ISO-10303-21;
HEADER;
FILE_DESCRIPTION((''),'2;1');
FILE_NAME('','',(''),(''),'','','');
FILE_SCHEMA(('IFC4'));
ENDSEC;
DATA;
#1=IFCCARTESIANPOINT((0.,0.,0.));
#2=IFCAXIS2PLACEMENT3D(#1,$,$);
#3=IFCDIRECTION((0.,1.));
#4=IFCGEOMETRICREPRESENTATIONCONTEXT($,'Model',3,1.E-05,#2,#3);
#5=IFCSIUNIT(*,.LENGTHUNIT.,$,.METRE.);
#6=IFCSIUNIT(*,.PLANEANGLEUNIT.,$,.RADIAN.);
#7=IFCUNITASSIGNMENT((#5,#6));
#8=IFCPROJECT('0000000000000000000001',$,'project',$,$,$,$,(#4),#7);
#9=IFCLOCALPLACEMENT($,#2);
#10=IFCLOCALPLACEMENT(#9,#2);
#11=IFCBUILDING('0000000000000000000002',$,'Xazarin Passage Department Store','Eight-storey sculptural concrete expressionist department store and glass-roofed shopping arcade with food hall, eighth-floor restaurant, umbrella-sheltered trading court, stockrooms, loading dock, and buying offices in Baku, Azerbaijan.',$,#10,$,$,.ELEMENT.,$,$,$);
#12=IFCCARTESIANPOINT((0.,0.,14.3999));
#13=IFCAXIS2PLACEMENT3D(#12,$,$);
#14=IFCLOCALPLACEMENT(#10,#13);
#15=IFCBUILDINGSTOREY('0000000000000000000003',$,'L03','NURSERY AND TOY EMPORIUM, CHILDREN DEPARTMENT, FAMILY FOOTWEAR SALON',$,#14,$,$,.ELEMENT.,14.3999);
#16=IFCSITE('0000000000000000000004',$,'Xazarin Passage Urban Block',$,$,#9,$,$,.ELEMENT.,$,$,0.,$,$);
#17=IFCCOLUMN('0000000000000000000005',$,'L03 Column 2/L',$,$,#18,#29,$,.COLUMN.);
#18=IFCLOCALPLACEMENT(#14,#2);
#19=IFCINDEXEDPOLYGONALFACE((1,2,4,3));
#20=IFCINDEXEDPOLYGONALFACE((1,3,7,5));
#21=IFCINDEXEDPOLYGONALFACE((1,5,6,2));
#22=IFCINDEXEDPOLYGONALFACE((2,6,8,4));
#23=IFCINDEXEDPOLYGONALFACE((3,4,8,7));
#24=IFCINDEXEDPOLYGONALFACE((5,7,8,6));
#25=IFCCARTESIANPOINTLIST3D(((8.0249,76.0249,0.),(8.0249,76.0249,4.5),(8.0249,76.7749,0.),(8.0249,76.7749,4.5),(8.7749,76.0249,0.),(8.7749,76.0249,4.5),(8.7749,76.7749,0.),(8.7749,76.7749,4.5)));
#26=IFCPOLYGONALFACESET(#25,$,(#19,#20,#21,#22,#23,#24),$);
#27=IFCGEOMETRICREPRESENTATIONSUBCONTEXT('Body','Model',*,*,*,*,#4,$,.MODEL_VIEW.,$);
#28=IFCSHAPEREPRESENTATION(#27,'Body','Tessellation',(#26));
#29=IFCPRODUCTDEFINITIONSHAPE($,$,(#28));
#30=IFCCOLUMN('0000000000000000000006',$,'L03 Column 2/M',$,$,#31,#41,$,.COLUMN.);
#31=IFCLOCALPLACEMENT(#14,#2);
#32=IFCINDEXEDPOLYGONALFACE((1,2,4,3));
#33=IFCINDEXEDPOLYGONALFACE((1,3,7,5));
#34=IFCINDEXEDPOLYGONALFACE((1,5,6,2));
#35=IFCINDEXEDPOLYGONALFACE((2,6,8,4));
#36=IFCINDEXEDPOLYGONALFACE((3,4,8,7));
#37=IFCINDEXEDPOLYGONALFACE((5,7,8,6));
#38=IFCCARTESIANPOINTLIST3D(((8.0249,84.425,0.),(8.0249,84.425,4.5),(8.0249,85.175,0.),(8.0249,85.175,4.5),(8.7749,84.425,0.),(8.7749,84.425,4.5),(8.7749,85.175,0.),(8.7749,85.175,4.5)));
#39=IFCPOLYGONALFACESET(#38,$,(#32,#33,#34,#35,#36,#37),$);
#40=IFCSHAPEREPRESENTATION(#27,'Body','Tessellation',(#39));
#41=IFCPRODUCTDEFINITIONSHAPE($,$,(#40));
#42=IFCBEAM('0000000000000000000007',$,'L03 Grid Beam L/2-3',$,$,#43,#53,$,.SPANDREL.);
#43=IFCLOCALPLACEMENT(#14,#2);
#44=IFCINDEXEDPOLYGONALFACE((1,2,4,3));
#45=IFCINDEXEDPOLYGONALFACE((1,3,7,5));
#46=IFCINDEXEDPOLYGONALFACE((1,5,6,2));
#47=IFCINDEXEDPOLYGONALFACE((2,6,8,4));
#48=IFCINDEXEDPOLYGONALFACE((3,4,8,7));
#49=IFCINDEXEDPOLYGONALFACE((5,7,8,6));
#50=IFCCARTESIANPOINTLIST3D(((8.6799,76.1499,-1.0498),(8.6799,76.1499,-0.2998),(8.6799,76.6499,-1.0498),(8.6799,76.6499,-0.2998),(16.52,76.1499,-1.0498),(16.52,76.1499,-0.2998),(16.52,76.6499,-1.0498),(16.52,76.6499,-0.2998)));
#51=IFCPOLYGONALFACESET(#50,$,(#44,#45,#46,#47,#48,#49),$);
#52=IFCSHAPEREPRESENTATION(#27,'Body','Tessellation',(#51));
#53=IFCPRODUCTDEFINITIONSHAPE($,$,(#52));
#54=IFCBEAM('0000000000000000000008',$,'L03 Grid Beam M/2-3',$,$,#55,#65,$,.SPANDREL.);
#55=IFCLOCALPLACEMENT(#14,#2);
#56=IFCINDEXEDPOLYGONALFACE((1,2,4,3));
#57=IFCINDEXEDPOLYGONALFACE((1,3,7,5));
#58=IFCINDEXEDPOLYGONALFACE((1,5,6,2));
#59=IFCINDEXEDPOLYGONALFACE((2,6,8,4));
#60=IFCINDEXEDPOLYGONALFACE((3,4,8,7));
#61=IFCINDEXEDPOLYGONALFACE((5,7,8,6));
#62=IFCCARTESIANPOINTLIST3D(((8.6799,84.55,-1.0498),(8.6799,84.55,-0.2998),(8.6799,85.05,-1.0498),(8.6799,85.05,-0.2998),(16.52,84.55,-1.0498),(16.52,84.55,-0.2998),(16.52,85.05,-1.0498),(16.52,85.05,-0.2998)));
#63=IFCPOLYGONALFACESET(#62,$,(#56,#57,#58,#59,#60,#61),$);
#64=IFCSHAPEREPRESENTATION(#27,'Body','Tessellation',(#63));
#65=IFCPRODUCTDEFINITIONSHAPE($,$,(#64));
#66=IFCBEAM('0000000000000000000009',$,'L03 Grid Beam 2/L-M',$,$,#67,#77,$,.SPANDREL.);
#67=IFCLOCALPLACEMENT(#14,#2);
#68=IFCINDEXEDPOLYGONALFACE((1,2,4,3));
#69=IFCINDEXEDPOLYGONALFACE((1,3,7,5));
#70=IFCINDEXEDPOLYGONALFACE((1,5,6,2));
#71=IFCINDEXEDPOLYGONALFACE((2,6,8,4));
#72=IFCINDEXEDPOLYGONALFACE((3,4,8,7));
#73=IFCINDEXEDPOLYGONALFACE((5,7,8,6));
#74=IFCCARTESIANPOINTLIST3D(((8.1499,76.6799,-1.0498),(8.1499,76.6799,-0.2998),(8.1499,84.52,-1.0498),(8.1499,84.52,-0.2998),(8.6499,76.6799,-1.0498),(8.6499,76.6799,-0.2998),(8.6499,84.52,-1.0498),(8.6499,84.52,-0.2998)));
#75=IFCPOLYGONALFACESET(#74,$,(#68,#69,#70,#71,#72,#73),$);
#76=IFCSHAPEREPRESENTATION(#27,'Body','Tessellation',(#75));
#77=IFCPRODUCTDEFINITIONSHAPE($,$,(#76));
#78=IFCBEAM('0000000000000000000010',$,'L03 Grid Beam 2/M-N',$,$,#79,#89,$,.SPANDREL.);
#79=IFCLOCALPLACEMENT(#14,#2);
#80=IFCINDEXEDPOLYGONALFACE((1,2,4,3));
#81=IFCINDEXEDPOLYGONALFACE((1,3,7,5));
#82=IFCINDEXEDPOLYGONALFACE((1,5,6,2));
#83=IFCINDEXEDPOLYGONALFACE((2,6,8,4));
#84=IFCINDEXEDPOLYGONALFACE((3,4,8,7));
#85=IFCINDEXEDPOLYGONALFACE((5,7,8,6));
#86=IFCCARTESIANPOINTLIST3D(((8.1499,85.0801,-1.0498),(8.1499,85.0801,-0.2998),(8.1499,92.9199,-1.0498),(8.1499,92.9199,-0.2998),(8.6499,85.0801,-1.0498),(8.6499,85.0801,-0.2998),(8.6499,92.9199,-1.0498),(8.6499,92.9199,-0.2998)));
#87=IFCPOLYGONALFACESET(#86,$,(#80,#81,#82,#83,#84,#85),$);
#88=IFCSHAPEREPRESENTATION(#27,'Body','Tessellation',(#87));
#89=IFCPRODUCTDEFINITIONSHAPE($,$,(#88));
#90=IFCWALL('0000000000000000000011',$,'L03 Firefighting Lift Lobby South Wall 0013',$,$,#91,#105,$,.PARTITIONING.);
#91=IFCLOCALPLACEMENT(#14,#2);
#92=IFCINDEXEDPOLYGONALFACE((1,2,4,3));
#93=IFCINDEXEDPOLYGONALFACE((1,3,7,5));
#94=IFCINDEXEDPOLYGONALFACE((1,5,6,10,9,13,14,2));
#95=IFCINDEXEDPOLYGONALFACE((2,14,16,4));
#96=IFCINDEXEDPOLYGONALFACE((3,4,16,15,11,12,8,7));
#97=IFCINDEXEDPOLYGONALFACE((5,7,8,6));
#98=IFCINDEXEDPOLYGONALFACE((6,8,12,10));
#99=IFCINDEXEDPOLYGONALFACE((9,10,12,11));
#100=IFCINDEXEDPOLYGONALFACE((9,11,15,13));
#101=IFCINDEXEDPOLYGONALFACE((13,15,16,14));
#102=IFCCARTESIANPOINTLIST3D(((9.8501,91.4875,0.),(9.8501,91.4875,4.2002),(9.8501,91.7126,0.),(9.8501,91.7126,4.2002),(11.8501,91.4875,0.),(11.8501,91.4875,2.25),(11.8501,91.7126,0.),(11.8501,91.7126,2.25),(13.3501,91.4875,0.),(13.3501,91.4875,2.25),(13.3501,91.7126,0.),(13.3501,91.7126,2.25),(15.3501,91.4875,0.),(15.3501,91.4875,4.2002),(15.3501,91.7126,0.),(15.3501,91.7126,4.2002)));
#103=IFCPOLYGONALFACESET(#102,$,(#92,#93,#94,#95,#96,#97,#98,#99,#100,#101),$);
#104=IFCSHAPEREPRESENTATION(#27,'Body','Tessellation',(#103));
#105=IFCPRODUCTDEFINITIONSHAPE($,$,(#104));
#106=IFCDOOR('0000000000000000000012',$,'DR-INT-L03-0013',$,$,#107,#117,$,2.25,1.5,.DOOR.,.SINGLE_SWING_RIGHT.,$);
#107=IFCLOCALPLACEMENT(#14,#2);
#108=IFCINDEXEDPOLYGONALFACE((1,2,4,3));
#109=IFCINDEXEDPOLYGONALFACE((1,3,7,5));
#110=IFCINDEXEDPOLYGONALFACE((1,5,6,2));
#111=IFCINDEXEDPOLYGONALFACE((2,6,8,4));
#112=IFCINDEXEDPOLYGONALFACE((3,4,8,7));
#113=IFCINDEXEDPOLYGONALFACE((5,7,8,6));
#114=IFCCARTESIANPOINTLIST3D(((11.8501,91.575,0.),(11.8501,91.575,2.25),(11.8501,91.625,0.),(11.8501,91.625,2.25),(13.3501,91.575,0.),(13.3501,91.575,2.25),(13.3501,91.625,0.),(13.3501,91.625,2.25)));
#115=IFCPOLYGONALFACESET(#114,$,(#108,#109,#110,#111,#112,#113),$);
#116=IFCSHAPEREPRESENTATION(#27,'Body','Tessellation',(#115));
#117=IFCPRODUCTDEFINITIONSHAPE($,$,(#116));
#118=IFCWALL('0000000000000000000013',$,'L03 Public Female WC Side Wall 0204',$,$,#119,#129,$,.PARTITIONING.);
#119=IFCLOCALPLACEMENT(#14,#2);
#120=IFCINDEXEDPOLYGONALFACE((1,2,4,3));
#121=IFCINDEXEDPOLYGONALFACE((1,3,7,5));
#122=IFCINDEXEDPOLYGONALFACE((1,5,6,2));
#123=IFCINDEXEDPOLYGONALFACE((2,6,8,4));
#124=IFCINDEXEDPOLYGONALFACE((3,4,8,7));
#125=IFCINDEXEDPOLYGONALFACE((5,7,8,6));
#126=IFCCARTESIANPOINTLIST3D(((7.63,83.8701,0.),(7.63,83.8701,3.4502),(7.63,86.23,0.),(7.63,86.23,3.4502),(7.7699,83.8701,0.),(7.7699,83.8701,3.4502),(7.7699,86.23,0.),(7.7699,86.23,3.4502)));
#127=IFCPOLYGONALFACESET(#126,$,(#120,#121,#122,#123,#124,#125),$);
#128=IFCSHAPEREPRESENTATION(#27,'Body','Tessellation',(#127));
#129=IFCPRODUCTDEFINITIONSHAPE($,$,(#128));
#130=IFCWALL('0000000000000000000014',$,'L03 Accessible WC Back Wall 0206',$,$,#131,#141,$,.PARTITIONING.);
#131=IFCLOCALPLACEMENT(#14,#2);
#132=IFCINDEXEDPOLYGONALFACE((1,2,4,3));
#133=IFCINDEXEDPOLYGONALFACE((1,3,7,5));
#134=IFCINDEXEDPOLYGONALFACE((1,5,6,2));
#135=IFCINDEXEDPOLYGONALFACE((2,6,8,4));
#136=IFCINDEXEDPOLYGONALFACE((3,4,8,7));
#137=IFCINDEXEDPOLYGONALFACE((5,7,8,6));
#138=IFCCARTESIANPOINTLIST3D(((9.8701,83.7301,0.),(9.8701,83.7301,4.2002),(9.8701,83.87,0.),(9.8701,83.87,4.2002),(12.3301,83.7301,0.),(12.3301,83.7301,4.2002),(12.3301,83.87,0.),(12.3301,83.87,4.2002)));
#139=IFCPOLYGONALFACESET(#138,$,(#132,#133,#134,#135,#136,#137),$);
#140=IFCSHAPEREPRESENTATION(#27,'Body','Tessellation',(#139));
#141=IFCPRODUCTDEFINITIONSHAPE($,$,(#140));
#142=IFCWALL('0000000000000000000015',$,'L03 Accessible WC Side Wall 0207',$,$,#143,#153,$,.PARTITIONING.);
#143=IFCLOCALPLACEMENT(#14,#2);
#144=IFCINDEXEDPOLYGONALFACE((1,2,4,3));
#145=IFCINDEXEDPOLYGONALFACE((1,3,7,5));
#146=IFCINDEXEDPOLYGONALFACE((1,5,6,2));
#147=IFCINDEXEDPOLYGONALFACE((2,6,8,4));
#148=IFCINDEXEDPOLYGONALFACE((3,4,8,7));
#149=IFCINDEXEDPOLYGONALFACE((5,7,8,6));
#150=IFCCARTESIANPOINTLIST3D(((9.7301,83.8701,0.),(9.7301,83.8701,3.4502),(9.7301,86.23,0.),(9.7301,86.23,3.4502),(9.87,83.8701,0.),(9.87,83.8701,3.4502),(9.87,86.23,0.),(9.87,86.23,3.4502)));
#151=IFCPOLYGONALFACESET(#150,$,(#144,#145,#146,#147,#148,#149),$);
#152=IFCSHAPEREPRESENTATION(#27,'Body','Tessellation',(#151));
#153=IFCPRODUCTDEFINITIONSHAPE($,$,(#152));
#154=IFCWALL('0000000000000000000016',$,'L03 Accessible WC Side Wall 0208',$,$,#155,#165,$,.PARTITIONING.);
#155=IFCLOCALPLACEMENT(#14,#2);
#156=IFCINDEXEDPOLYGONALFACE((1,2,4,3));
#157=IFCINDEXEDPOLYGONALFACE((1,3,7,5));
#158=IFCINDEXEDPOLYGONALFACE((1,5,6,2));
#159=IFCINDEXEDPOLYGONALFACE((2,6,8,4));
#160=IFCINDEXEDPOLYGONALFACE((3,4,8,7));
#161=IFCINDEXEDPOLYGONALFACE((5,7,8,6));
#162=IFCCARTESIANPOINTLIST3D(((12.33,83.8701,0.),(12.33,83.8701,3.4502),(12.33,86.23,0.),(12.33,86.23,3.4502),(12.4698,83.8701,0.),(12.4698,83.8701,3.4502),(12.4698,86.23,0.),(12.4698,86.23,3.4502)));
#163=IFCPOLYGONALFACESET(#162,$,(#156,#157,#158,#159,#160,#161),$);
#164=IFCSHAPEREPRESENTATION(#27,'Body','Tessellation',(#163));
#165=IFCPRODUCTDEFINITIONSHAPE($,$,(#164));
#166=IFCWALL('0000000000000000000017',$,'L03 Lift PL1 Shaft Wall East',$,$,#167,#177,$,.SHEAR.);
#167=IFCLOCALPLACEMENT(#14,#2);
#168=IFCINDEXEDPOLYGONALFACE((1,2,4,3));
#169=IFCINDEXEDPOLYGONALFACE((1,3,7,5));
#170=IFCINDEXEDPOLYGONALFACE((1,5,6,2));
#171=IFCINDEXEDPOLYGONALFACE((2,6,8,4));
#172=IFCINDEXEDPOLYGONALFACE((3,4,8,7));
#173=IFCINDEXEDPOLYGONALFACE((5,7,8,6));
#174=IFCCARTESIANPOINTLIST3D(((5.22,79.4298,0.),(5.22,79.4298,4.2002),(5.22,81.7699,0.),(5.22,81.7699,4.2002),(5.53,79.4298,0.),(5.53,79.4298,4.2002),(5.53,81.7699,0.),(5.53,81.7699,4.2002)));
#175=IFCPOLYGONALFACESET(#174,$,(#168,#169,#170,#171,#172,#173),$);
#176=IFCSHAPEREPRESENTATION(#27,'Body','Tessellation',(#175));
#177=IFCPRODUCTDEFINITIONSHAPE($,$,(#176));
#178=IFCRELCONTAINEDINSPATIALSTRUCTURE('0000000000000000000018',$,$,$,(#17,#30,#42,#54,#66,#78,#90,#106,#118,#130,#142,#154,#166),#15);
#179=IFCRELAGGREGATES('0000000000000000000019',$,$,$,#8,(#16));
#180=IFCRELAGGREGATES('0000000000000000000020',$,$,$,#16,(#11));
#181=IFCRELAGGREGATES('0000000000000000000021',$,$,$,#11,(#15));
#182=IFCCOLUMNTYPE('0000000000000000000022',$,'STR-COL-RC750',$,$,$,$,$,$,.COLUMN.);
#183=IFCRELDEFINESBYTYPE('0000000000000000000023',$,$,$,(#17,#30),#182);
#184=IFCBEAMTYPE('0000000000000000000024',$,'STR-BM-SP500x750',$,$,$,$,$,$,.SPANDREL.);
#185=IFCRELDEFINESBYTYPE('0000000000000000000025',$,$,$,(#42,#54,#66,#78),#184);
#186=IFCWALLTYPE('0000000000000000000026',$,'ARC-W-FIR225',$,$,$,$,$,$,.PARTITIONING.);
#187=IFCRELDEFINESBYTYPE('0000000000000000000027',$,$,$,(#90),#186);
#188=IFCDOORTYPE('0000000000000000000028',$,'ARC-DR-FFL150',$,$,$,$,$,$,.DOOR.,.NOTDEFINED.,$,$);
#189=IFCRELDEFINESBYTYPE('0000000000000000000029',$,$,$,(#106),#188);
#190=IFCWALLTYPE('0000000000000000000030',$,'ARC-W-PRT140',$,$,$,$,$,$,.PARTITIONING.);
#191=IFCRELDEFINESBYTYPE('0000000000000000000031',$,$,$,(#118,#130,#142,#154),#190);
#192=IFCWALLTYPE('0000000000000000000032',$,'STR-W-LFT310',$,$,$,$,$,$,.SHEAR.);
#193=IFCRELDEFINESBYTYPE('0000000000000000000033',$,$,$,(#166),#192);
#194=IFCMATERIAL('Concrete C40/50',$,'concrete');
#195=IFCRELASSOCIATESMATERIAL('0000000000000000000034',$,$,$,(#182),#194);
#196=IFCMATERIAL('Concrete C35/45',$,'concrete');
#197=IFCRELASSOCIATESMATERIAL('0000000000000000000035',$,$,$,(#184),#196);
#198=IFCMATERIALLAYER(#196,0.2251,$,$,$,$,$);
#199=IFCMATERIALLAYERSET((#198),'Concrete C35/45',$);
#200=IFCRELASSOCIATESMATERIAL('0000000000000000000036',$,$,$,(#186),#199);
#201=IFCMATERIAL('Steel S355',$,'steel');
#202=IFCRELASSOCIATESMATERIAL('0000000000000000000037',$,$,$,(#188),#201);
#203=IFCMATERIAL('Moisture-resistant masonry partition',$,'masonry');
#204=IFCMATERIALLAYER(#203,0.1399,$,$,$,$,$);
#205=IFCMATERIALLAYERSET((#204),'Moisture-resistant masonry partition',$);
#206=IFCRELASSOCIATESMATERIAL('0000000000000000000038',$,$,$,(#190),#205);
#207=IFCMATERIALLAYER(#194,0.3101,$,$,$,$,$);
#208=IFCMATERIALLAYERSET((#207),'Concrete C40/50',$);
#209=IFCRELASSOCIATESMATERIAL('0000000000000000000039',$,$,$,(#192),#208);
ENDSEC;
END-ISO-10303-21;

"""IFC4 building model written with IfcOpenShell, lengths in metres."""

from ifc_helpers import new_model, si_unit, direction, frame, frame_2d, origin, origin_2d, place, context, subcontext, project, spatial, rectangle, extrude, material, layer, layer_set, material_profile, profile_set, type_object, element, fill, save


model = new_model("IFC4")

# Units and contexts
model_context = context("Model", 3, precision=1e-05, world=origin(), true_north=direction((0.0, 1.0)))
body_context = subcontext(model_context, "Body", "Model", "MODEL_VIEW")
ifc_project = project(units=[si_unit("LENGTHUNIT", "METRE"), si_unit("PLANEANGLEUNIT", "RADIAN")], contexts=[model_context])

# Site, building, storey
site_placement = place(None, origin())
site = spatial("IfcSite", under=ifc_project, at=site_placement, Name="Xazarin Passage Urban Block", CompositionType="ELEMENT", RefElevation=0.0)
building_placement = place(site_placement, origin())
building = spatial("IfcBuilding", under=site, at=building_placement, Name="Xazarin Passage Department Store", Description="Eight-storey sculptural concrete expressionist department store and glass-roofed shopping arcade with food hall, eighth-floor restaurant, umbrella-sheltered trading court, stockrooms, loading dock, and buying offices in Baku, Azerbaijan.", CompositionType="ELEMENT")
storey_placement = place(building_placement, frame((0.0, 0.0, 14.3999)))
storey = spatial("IfcBuildingStorey", under=building, at=storey_placement, Name="L03", Description="NURSERY AND TOY EMPORIUM, CHILDREN DEPARTMENT, FAMILY FOOTWEAR SALON", CompositionType="ELEMENT", Elevation=14.3999)

# Columns
ifc_material_1 = material(Name="Concrete C40/50", Category="concrete")
ifc_material_profile_1 = material_profile(ifc_material_1, rectangle(XDim=0.75, YDim=0.75, at=origin_2d()), Name="RC 750x750")
ifc_profile_set_1 = profile_set([ifc_material_profile_1], Name="Concrete C40/50")
column_type = type_object("IfcColumnType", Name="STR-COL-RC750", PredefinedType="COLUMN", material=ifc_profile_set_1)
for number, where, z_axis, x_axis, name in (
    (1, (8.3999, 76.3999, 0.0), (0.0, 0.0, 1.0), (1.0, 0.0, 0.0), "L03 Column 2/L"),
    (2, (8.3999, 84.8, 0.0), (0.0, 0.0, 1.0), (1.0, 0.0, 0.0), "L03 Column 2/M"),
):
    element("IfcColumn", number, at=place(storey_placement, frame(where, z_axis=z_axis, x_axis=x_axis)), inside=storey, type_object=column_type, Name=name, PredefinedType="COLUMN", context=body_context, shape_type="SweptSolid", body=[
        extrude(rectangle(XDim=0.75, YDim=0.75, at=origin_2d()), origin(), (0.0, 0.0, 1.0), 4.5),
    ])

# Beams
ifc_material_2 = material(Name="Concrete C35/45", Category="concrete")
ifc_material_profile_2 = material_profile(ifc_material_2, rectangle(XDim=0.5, YDim=0.75, at=origin_2d()), Name="RC 500x750")
ifc_profile_set_2 = profile_set([ifc_material_profile_2], Name="Concrete C35/45")
beam_type = type_object("IfcBeamType", Name="STR-BM-SP500x750", PredefinedType="SPANDREL", material=ifc_profile_set_2)
for number, where, z_axis, x_axis, name in (
    (3, (8.6799, 76.3999, -0.6748), (1.0, 0.0, 0.0), (0.0, 1.0, 0.0), "L03 Grid Beam L/2-3"),
    (4, (8.6799, 84.8, -0.6748), (1.0, 0.0, 0.0), (0.0, 1.0, 0.0), "L03 Grid Beam M/2-3"),
    (5, (8.3999, 76.6799, -0.6748), (0.0, 1.0, 0.0), (-1.0, 0.0, 0.0), "L03 Grid Beam 2/L-M"),
):
    element("IfcBeam", number, at=place(storey_placement, frame(where, z_axis=z_axis, x_axis=x_axis)), inside=storey, type_object=beam_type, Name=name, PredefinedType="SPANDREL", context=body_context, shape_type="SweptSolid", body=[
        extrude(rectangle(XDim=0.5, YDim=0.75, at=origin_2d()), origin(), (0.0, 0.0, 1.0), 7.8401),
    ])
beam_placement = place(storey_placement, frame((8.3999, 85.0801, -0.6748), z_axis=(0.0, 1.0, 0.0), x_axis=(-1.0, 0.0, 0.0)))
element("IfcBeam", 6, at=beam_placement, inside=storey, type_object=beam_type, Name="L03 Grid Beam 2/M-N", PredefinedType="SPANDREL", context=body_context, shape_type="SweptSolid", body=[
    extrude(rectangle(XDim=0.5, YDim=0.75, at=origin_2d()), origin(), (0.0, 0.0, 1.0), 7.8398),
])

# Wall, opening, door
ifc_layer_1 = layer(ifc_material_2, 0.2251)
ifc_layer_set_1 = layer_set([ifc_layer_1], Name="Concrete C35/45")
wall_type_1 = type_object("IfcWallType", Name="ARC-W-FIR225", PredefinedType="PARTITIONING", material=ifc_layer_set_1)
wall_1_placement = place(storey_placement, frame((9.8501, 91.6001, 0.0), z_axis=(0.0, 0.0, 1.0), x_axis=(1.0, 0.0, 0.0)))
wall_1 = element("IfcWall", 7, at=wall_1_placement, inside=storey, type_object=wall_type_1, Name="L03 Firefighting Lift Lobby South Wall 0013", PredefinedType="PARTITIONING", context=body_context, shape_type="SweptSolid", body=[
    extrude(rectangle(XDim=5.5, YDim=0.2251, at=frame_2d((2.75, 0.0))), origin(), (0.0, 0.0, 1.0), 4.2002),
])
opening_1_placement = place(wall_1_placement, frame((2.0, 0.0, 0.0)))
opening_1 = element("IfcOpeningElement", 8, at=opening_1_placement, cuts=wall_1, PredefinedType="OPENING", context=body_context, shape_type="SweptSolid", body=[
    extrude(rectangle(XDim=1.5, YDim=2.25, at=frame_2d((0.75, 1.125))), frame((0.0, 0.1226, 0.0), z_axis=(0.0, -1.0, 0.0), x_axis=(1.0, 0.0, 0.0)), (0.0, 0.0, 1.0), 0.2451),
])
ifc_material_3 = material(Name="Steel S355", Category="steel")
door_type_1 = type_object("IfcDoorType", Name="ARC-DR-FFL150", OperationType="NOTDEFINED", PredefinedType="DOOR", material=ifc_material_3)
door_1_placement = place(opening_1_placement, origin())
door_1 = element("IfcDoor", 9, at=door_1_placement, inside=storey, type_object=door_type_1, Name="DR-INT-L03-0013", OperationType="SINGLE_SWING_RIGHT", OverallHeight=2.25, OverallWidth=1.5, PredefinedType="DOOR", context=body_context, shape_type="SweptSolid", body=[
    extrude(rectangle(XDim=1.5, YDim=2.25, at=frame_2d((0.75, 1.125))), frame((0.0, 0.0249, 0.0), z_axis=(0.0, -1.0, 0.0), x_axis=(1.0, 0.0, 0.0)), (0.0, 0.0, 1.0), 0.05),
])
fill(opening_1, door_1)
ifc_material_4 = material(Name="Moisture-resistant masonry partition", Category="masonry")
ifc_layer_2 = layer(ifc_material_4, 0.1399)
ifc_layer_set_2 = layer_set([ifc_layer_2], Name="Moisture-resistant masonry partition")
wall_type_2 = type_object("IfcWallType", Name="ARC-W-PRT140", PredefinedType="PARTITIONING", material=ifc_layer_set_2)

# Wall
wall_2_placement = place(storey_placement, frame((7.7, 83.8701, 0.0), z_axis=(0.0, 0.0, 1.0), x_axis=(0.0, 1.0, 0.0)))
element("IfcWall", 10, at=wall_2_placement, inside=storey, type_object=wall_type_2, Name="L03 Public Female WC Side Wall 0204", PredefinedType="PARTITIONING", context=body_context, shape_type="SweptSolid", body=[
    extrude(rectangle(XDim=2.3599, YDim=0.1399, at=frame_2d((1.1799, 0.0))), origin(), (0.0, 0.0, 1.0), 3.4502),
])

# Walls
wall_3_placement = place(storey_placement, frame((9.8701, 83.8, 0.0), z_axis=(0.0, 0.0, 1.0), x_axis=(1.0, 0.0, 0.0)))
element("IfcWall", 11, at=wall_3_placement, inside=storey, type_object=wall_type_2, Name="L03 Accessible WC Back Wall 0206", PredefinedType="PARTITIONING", context=body_context, shape_type="SweptSolid", body=[
    extrude(rectangle(XDim=2.46, YDim=0.1399, at=frame_2d((1.23, 0.0))), origin(), (0.0, 0.0, 1.0), 4.2002),
])
for number, where, z_axis, x_axis, name in (
    (12, (9.8, 83.8701, 0.0), (0.0, 0.0, 1.0), (0.0, 1.0, 0.0), "L03 Accessible WC Side Wall 0207"),
    (13, (12.3999, 83.8701, 0.0), (0.0, 0.0, 1.0), (0.0, 1.0, 0.0), "L03 Accessible WC Side Wall 0208"),
):
    element("IfcWall", number, at=place(storey_placement, frame(where, z_axis=z_axis, x_axis=x_axis)), inside=storey, type_object=wall_type_2, Name=name, PredefinedType="PARTITIONING", context=body_context, shape_type="SweptSolid", body=[
        extrude(rectangle(XDim=2.3599, YDim=0.1399, at=frame_2d((1.1799, 0.0))), origin(), (0.0, 0.0, 1.0), 3.4502),
    ])
ifc_layer_3 = layer(ifc_material_1, 0.3101)
ifc_layer_set_3 = layer_set([ifc_layer_3], Name="Concrete C40/50")
wall_type_3 = type_object("IfcWallType", Name="STR-W-LFT310", PredefinedType="SHEAR", material=ifc_layer_set_3)
wall_4_placement = place(storey_placement, frame((5.375, 79.4299, 0.0), z_axis=(0.0, 0.0, 1.0), x_axis=(0.0, 1.0, 0.0)))
element("IfcWall", 14, at=wall_4_placement, inside=storey, type_object=wall_type_3, Name="L03 Lift PL1 Shaft Wall East", PredefinedType="SHEAR", context=body_context, shape_type="SweptSolid", body=[
    extrude(rectangle(XDim=2.3401, YDim=0.3101, at=frame_2d((1.1699, 0.0))), origin(), (0.0, 0.0, 1.0), 4.2002),
])

save(model, "model.ifc")
